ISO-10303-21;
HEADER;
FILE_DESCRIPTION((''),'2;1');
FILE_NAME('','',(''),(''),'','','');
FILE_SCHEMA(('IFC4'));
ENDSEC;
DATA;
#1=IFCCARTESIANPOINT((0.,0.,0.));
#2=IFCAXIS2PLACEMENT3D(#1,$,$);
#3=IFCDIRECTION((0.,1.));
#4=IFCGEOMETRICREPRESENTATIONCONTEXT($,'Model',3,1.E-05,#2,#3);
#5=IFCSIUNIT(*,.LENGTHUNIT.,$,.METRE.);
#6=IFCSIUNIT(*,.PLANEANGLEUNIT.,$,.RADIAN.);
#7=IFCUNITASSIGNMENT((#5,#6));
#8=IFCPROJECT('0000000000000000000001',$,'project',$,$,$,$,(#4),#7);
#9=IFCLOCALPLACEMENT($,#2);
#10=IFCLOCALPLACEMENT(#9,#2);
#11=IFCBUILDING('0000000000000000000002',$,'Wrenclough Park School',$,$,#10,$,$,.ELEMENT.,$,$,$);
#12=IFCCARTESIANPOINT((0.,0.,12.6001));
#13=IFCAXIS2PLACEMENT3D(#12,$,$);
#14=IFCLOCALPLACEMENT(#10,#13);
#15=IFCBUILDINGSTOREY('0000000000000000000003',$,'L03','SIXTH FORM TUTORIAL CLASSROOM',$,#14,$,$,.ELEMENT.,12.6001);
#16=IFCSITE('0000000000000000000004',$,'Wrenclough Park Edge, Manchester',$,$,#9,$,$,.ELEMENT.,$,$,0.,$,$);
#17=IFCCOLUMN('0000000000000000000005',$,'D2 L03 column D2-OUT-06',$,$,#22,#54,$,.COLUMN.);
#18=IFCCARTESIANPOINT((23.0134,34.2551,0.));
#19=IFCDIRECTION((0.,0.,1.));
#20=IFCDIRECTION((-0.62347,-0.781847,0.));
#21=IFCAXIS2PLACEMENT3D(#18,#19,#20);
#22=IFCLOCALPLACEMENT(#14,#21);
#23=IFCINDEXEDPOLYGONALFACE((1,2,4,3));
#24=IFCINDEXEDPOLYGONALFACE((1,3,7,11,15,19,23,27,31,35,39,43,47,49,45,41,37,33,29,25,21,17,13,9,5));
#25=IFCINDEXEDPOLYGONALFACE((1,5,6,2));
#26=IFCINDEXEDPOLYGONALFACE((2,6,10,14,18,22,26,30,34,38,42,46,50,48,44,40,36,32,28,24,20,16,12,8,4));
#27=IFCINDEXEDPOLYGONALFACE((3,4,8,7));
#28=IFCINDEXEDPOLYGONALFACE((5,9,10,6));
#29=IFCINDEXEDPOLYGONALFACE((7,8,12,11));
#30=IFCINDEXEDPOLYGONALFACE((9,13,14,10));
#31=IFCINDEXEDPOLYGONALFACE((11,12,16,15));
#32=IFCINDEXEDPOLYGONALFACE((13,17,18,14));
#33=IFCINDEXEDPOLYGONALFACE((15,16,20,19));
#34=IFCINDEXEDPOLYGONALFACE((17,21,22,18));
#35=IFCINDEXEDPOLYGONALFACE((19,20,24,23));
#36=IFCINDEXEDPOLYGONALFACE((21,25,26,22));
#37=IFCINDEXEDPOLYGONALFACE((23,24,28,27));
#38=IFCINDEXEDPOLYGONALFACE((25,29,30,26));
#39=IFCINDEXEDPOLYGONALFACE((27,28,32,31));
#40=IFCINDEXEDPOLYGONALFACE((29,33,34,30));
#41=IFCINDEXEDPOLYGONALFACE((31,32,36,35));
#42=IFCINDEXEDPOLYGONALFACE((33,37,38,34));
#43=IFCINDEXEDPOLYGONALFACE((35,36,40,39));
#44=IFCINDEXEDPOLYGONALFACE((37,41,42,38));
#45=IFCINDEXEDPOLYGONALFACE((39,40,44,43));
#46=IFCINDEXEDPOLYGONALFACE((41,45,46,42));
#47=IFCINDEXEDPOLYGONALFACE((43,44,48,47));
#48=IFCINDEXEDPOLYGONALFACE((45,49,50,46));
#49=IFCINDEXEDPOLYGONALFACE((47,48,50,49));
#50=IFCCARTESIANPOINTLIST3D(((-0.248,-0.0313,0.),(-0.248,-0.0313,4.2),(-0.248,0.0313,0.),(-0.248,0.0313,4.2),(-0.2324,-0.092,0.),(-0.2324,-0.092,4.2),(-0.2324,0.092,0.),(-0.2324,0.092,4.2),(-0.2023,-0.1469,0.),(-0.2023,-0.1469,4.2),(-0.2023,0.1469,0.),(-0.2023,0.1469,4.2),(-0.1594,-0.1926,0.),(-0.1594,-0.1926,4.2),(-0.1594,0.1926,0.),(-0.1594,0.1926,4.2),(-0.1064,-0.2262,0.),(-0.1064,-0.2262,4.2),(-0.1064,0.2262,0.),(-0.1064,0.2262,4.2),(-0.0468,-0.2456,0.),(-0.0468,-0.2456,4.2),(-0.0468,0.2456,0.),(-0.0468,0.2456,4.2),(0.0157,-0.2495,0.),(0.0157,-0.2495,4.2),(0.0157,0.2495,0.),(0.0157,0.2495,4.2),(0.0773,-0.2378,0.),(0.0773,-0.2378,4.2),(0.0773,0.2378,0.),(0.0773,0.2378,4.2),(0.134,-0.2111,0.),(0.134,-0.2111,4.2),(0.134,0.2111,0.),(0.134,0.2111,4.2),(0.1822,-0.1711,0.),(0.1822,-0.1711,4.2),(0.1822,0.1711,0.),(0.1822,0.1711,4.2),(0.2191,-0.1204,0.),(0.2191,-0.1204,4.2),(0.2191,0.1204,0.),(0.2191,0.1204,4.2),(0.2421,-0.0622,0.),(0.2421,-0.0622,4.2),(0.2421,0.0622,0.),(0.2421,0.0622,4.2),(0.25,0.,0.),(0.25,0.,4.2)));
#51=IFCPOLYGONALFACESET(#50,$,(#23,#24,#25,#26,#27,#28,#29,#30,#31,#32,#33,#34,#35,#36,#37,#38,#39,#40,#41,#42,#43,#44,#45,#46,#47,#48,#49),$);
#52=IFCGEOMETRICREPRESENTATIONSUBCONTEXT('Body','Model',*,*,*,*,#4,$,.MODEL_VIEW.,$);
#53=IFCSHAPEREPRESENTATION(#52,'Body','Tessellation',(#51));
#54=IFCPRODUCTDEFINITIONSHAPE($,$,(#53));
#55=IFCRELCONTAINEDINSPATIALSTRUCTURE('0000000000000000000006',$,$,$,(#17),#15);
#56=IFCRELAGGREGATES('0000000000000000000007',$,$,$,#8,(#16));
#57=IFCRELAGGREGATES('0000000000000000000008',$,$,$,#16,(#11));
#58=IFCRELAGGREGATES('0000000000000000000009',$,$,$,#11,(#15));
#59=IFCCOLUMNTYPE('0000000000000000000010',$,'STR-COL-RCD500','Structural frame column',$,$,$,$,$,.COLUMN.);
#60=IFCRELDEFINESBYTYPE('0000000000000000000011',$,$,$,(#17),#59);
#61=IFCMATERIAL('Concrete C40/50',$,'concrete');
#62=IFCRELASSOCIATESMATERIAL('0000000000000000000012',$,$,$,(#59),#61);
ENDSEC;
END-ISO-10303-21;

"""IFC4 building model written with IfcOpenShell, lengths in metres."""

from ifc_helpers import new_model, si_unit, direction, frame, origin, origin_2d, place, context, subcontext, project, spatial, circle, extrude, material, material_profile, profile_set, type_object, element, save


model = new_model("IFC4")

# Units and contexts
model_context = context("Model", 3, precision=1e-05, world=origin(), true_north=direction((0.0, 1.0)))
body_context = subcontext(model_context, "Body", "Model", "MODEL_VIEW")
ifc_project = project(units=[si_unit("LENGTHUNIT", "METRE"), si_unit("PLANEANGLEUNIT", "RADIAN")], contexts=[model_context])

# Site, building, storey
site_placement = place(None, origin())
site = spatial("IfcSite", under=ifc_project, at=site_placement, Name="Wrenclough Park Edge, Manchester", CompositionType="ELEMENT", RefElevation=0.0)
building_placement = place(site_placement, origin())
building = spatial("IfcBuilding", under=site, at=building_placement, Name="Wrenclough Park School", CompositionType="ELEMENT")
storey_placement = place(building_placement, frame((0.0, 0.0, 12.6001)))
storey = spatial("IfcBuildingStorey", under=building, at=storey_placement, Name="L03", Description="SIXTH FORM TUTORIAL CLASSROOM", CompositionType="ELEMENT", Elevation=12.6001)

# Column
ifc_material_1 = material(Name="Concrete C40/50", Category="concrete")
ifc_material_profile_1 = material_profile(ifc_material_1, circle(Radius=0.25, at=origin_2d()), Name="RC COL D500")
ifc_profile_set_1 = profile_set([ifc_material_profile_1], Name="Concrete C40/50")
column_type = type_object("IfcColumnType", Name="STR-COL-RCD500", Description="Structural frame column", PredefinedType="COLUMN", material=ifc_profile_set_1)
column_placement = place(storey_placement, frame((23.0134, 34.2551, 0.0), z_axis=(0.0, 0.0, 1.0), x_axis=(-0.62347, -0.781847, 0.0)))
element("IfcColumn", 1, at=column_placement, inside=storey, type_object=column_type, Name="D2 L03 column D2-OUT-06", PredefinedType="COLUMN", context=body_context, shape_type="SweptSolid", body=[
    extrude(circle(Radius=0.25, at=origin_2d()), origin(), (0.0, 0.0, 1.0), 4.2),
])

save(model, "model.ifc")
